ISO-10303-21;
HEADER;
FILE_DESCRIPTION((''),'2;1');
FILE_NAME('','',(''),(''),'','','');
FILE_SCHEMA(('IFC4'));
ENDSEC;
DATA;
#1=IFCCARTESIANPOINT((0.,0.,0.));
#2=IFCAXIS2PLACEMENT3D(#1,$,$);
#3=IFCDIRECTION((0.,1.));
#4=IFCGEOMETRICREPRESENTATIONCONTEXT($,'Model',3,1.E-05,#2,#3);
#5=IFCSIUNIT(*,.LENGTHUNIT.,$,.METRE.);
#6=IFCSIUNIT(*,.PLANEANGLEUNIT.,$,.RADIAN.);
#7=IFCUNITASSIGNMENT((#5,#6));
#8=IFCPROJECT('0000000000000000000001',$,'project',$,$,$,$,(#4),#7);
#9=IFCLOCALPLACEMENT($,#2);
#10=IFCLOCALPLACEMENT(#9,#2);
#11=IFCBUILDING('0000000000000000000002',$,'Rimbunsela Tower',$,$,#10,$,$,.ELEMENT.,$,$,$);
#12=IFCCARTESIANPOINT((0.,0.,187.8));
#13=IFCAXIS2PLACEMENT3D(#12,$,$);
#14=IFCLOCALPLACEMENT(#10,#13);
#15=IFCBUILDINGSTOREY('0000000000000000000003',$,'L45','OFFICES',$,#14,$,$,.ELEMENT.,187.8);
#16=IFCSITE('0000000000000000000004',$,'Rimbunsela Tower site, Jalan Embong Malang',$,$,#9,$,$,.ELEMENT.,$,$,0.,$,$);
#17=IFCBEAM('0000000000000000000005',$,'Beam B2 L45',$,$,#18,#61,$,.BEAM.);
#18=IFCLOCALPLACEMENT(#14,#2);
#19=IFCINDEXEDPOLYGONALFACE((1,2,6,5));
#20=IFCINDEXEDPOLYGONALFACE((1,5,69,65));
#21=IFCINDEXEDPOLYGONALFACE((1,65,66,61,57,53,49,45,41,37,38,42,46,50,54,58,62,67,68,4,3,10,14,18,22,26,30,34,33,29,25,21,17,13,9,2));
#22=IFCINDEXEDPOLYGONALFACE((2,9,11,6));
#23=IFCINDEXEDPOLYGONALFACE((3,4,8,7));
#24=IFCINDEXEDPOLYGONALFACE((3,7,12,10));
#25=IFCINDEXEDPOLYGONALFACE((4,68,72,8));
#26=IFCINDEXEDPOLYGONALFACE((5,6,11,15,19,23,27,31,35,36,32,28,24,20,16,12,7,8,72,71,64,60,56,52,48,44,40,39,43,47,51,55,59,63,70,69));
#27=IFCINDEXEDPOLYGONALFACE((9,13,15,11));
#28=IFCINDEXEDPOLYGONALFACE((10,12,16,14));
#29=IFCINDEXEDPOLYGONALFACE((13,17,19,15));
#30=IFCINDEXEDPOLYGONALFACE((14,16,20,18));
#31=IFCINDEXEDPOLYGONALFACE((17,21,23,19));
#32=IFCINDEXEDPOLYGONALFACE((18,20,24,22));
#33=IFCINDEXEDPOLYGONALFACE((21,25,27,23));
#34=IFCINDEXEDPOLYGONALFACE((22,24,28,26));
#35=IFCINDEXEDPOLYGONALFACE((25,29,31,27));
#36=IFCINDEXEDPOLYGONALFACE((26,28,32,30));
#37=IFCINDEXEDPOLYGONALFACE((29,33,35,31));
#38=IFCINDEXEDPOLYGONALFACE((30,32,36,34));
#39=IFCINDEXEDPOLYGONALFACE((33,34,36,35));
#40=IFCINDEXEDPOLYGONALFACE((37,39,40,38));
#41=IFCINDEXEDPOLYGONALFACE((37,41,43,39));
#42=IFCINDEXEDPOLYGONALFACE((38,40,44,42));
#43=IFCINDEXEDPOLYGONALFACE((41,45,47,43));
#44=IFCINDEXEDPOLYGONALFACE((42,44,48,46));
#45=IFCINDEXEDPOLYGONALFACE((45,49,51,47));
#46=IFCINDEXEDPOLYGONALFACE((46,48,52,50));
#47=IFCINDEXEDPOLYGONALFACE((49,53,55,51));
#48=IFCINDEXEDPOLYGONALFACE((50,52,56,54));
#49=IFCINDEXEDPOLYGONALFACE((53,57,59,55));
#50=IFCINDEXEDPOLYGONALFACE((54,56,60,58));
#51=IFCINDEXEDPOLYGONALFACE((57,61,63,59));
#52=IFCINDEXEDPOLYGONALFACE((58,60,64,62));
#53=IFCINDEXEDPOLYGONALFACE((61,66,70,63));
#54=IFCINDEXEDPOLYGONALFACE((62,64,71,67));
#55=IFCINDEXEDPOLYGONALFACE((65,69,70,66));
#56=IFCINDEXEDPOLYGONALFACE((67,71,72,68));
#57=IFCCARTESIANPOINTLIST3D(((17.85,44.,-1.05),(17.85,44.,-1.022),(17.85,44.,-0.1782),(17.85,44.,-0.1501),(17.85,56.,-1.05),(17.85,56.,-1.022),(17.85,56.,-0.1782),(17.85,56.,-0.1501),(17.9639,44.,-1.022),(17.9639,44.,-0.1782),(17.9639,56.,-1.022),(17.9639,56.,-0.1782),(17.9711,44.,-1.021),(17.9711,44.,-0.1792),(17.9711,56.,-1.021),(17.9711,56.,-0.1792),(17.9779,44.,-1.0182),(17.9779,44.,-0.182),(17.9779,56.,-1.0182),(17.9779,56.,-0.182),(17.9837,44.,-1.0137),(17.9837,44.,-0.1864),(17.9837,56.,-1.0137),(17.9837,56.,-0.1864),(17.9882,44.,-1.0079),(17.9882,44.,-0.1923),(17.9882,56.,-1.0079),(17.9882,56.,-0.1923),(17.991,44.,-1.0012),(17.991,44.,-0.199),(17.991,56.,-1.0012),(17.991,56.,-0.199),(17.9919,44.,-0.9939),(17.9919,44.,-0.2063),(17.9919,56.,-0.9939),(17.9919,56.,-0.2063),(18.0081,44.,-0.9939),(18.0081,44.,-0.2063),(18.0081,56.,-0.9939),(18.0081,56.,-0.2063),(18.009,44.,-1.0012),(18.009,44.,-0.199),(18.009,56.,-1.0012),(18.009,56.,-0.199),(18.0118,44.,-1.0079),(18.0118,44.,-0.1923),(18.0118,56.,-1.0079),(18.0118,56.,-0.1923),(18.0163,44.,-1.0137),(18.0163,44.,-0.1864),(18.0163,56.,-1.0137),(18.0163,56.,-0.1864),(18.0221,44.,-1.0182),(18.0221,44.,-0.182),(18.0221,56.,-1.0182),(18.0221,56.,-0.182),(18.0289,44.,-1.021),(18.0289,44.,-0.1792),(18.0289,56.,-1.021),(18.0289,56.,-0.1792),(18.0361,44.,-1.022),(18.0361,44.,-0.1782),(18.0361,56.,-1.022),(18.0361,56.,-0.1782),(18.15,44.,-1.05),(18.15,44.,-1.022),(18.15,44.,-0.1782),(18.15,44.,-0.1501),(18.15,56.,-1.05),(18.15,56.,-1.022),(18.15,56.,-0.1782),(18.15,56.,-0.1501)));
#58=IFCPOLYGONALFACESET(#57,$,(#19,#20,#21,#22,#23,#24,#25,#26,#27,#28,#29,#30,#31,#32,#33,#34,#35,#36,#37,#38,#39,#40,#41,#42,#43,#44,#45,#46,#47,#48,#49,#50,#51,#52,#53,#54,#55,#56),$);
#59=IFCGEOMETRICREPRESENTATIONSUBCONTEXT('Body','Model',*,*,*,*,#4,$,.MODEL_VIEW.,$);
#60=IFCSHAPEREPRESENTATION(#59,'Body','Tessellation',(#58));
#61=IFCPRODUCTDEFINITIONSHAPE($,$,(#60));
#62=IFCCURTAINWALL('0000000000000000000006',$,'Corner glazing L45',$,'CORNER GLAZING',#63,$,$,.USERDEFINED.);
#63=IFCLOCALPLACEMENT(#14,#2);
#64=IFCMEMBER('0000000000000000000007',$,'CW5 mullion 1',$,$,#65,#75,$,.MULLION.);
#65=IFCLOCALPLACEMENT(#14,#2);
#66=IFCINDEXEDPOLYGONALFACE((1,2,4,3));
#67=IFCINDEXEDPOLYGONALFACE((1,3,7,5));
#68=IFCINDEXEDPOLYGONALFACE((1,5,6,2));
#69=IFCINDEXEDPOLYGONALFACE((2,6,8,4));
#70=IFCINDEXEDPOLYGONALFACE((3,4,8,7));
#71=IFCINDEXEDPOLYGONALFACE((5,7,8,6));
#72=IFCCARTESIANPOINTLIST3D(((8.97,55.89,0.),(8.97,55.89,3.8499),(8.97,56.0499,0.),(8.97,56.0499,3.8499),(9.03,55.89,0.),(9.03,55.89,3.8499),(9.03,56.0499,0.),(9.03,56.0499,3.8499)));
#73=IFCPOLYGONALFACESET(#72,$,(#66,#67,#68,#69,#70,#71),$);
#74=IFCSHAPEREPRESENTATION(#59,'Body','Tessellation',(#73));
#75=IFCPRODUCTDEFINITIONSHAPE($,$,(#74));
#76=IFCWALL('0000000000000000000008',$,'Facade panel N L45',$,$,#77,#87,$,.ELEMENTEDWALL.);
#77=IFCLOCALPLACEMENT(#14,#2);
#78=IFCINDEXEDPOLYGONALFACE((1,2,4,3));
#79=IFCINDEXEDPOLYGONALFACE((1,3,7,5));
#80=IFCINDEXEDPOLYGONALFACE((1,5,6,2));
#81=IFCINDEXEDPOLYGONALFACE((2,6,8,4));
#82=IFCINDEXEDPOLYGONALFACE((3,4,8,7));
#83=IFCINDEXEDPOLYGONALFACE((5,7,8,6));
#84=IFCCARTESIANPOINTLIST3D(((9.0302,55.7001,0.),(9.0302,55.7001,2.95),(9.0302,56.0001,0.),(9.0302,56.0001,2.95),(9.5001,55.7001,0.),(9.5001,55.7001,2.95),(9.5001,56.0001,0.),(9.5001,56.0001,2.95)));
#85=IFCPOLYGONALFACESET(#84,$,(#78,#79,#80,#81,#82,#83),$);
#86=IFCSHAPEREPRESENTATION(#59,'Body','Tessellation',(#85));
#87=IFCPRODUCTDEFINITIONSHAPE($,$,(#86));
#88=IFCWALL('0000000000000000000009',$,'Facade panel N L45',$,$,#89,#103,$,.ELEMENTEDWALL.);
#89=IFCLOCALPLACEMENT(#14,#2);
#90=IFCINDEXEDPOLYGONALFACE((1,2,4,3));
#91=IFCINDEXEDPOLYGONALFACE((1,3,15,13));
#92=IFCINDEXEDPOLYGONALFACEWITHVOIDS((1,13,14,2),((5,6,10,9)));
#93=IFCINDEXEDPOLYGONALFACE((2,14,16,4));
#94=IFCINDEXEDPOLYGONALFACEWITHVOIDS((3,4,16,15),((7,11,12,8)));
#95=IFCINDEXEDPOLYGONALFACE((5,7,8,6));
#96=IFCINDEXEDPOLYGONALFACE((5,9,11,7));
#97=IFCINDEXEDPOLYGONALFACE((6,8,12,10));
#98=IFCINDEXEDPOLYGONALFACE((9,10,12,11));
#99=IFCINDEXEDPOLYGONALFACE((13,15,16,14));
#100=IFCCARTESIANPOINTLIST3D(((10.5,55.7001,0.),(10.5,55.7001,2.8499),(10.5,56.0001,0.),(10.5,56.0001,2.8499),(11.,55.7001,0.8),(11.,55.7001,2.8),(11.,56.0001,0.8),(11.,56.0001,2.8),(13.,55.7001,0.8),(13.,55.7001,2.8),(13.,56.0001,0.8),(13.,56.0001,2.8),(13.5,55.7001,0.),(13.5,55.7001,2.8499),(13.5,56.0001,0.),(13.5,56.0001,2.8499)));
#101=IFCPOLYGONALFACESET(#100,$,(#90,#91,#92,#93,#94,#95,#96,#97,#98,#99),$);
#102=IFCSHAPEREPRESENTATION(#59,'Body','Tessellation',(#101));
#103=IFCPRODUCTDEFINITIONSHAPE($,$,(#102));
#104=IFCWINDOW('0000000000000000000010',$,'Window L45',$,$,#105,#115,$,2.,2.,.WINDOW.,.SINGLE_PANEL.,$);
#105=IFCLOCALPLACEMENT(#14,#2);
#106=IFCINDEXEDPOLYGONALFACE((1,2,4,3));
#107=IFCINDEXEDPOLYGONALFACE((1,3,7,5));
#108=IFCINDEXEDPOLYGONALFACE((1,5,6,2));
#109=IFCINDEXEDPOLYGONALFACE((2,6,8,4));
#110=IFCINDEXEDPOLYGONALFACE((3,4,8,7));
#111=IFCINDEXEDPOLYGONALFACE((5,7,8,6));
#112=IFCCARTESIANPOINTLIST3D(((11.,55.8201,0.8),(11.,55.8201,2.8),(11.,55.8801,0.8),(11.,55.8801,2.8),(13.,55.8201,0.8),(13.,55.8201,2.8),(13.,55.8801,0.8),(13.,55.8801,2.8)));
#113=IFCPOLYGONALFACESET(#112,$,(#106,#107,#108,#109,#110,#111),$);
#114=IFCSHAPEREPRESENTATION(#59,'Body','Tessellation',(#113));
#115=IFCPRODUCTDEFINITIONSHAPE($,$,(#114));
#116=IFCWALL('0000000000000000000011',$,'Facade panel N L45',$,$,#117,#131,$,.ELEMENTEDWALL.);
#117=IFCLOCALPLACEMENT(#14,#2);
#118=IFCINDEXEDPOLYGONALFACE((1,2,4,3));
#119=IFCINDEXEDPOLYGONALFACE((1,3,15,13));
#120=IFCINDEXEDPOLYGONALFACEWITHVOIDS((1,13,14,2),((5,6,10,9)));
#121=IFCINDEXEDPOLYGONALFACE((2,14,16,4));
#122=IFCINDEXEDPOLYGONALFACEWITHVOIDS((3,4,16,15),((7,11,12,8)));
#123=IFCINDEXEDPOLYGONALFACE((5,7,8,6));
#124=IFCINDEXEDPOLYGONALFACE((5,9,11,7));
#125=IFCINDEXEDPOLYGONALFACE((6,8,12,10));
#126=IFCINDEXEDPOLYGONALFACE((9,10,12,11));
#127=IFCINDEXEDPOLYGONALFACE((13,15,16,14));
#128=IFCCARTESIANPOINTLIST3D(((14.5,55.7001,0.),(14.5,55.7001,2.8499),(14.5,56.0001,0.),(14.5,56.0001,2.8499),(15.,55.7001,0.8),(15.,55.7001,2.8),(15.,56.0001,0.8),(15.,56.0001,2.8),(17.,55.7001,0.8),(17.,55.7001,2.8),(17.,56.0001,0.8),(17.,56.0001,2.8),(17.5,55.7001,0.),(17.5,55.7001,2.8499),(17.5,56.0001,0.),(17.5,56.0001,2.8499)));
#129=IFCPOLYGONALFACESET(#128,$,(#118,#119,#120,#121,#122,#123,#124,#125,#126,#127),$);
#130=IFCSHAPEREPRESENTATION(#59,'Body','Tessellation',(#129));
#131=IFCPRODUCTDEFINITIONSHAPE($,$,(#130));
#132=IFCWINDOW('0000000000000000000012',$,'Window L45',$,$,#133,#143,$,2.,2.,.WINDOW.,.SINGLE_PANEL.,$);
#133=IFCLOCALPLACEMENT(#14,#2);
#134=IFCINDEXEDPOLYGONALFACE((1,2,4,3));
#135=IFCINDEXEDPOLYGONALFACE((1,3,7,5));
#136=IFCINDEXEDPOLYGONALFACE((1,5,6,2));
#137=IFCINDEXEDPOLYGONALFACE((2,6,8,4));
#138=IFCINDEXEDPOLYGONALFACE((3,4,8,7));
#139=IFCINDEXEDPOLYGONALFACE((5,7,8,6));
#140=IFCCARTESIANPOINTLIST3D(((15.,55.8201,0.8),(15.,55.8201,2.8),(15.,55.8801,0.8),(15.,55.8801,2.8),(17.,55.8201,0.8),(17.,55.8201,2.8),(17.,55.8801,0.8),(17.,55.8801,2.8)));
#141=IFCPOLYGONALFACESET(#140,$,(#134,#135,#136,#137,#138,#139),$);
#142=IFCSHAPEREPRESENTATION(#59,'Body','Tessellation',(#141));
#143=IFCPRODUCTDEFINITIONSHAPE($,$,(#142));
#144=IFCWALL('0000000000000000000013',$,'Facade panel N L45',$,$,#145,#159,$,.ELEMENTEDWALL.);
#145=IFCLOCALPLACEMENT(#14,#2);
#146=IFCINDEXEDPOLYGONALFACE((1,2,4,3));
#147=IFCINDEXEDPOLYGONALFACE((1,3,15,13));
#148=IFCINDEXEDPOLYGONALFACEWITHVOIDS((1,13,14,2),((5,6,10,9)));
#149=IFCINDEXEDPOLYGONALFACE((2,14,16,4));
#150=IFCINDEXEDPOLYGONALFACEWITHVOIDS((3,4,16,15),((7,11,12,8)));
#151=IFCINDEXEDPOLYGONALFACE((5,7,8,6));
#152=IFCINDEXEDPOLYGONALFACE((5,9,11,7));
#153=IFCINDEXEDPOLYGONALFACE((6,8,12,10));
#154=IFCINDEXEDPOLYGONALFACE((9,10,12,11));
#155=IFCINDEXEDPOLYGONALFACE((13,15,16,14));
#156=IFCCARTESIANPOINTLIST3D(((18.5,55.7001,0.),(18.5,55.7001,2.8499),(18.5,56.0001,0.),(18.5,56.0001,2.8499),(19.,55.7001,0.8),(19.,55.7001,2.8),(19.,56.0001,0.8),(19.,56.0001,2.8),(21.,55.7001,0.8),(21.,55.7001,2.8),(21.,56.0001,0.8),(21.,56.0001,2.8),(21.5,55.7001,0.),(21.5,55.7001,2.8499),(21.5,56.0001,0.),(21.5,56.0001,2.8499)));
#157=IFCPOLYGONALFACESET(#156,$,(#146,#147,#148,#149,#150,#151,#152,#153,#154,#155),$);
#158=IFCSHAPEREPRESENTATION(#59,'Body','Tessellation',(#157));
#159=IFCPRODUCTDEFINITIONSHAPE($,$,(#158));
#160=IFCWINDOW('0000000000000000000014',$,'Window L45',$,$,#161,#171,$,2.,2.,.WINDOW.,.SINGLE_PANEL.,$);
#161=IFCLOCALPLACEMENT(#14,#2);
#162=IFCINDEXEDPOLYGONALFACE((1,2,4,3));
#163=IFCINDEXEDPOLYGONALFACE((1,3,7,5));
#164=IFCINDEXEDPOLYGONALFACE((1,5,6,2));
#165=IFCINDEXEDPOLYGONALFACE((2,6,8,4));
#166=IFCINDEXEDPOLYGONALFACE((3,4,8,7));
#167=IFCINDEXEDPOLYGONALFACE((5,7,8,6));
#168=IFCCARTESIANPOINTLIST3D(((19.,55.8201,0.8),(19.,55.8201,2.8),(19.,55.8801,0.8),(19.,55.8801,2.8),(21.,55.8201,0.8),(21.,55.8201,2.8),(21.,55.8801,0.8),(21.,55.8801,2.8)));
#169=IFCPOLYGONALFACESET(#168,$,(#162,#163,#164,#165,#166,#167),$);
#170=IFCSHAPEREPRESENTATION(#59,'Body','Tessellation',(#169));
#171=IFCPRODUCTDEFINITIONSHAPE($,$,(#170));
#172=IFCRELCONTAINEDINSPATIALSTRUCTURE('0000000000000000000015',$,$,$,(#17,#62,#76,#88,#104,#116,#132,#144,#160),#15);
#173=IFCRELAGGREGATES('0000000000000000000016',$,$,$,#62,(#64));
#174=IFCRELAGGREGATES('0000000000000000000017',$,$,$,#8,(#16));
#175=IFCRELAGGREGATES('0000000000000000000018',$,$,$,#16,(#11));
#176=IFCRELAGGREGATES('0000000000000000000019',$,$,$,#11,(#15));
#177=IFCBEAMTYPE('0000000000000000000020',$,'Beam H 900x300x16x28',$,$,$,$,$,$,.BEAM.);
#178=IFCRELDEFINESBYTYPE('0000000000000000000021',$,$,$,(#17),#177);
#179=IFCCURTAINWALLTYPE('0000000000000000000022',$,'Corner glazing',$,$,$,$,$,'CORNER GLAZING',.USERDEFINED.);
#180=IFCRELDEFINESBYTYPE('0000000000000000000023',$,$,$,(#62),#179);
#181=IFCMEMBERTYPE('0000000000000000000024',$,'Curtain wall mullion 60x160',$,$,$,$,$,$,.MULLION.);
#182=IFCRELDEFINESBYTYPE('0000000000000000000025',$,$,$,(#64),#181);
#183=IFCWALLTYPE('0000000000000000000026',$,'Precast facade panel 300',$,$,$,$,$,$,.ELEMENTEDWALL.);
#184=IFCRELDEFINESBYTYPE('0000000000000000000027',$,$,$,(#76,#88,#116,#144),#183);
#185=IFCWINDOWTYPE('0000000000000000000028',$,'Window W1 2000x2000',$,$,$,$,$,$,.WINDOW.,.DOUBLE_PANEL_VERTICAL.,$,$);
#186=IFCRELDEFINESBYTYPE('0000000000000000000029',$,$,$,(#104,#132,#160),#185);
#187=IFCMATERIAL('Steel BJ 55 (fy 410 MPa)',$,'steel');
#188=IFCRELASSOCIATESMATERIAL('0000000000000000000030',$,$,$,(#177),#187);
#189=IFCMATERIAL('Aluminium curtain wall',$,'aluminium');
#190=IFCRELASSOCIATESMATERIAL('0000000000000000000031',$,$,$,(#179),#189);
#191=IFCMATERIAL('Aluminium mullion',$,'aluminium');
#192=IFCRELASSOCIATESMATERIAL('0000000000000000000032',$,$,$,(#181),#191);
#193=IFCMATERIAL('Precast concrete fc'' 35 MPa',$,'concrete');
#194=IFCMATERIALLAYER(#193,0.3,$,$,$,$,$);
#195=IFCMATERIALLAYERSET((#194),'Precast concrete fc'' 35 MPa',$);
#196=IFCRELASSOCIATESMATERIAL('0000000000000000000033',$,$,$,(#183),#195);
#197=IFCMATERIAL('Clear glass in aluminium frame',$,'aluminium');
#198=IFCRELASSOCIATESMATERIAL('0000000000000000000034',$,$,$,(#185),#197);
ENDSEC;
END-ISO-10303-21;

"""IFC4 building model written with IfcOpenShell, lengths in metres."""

from ifc_helpers import new_model, si_unit, direction, frame, frame_2d, origin, origin_2d, place, context, subcontext, project, spatial, rectangle, i_section, extrude, material, layer, layer_set, material_profile, profile_set, type_object, element, fill, aggregate, save


model = new_model("IFC4")

# Units and contexts
model_context = context("Model", 3, precision=1e-05, world=origin(), true_north=direction((0.0, 1.0)))
body_context = subcontext(model_context, "Body", "Model", "MODEL_VIEW")
ifc_project = project(units=[si_unit("LENGTHUNIT", "METRE"), si_unit("PLANEANGLEUNIT", "RADIAN")], contexts=[model_context])

# Site, building, storey
site_placement = place(None, origin())
site = spatial("IfcSite", under=ifc_project, at=site_placement, Name="Rimbunsela Tower site, Jalan Embong Malang", CompositionType="ELEMENT", RefElevation=0.0)
building_placement = place(site_placement, origin())
building = spatial("IfcBuilding", under=site, at=building_placement, Name="Rimbunsela Tower", CompositionType="ELEMENT")
storey_placement = place(building_placement, frame((0.0, 0.0, 187.8)))
storey = spatial("IfcBuildingStorey", under=building, at=storey_placement, Name="L45", Description="OFFICES", CompositionType="ELEMENT", Elevation=187.8)

# Beam
ifc_material_1 = material(Name="Steel BJ 55 (fy 410 MPa)", Category="steel")
ifc_material_profile_1 = material_profile(ifc_material_1, i_section(OverallWidth=0.3, OverallDepth=0.8999, WebThickness=0.0161, FlangeThickness=0.0281, FilletRadius=0.0281, at=origin_2d()), Name="H 900x300x16x28")
ifc_profile_set_1 = profile_set([ifc_material_profile_1], Name="Steel BJ 55 (fy 410 MPa)")
beam_type_1 = type_object("IfcBeamType", Name="Beam H 900x300x16x28", PredefinedType="BEAM", material=ifc_profile_set_1)
beam_1_placement = place(storey_placement, frame((18.0, 44.0, -0.6001), z_axis=(0.0, 1.0, 0.0), x_axis=(-1.0, 0.0, 0.0)))
element("IfcBeam", 1, at=beam_1_placement, inside=storey, type_object=beam_type_1, Name="Beam B2 L45", PredefinedType="BEAM", context=body_context, shape_type="SweptSolid", body=[
    extrude(i_section(OverallWidth=0.3, OverallDepth=0.8999, WebThickness=0.0161, FlangeThickness=0.0281, FilletRadius=0.0281, at=origin_2d()), origin(), (0.0, 0.0, 1.0), 12.0),
])

# Curtain wall, member
ifc_material_2 = material(Name="Aluminium curtain wall", Category="aluminium")
curtain_wall_type = type_object("IfcCurtainWallType", Name="Corner glazing", ElementType="CORNER GLAZING", PredefinedType="USERDEFINED", material=ifc_material_2)
curtain_wall_placement = place(storey_placement, origin())
curtain_wall = element("IfcCurtainWall", 2, at=curtain_wall_placement, inside=storey, type_object=curtain_wall_type, Name="Corner glazing L45", ObjectType="CORNER GLAZING", PredefinedType="USERDEFINED")
ifc_material_3 = material(Name="Aluminium mullion", Category="aluminium")
ifc_material_profile_2 = material_profile(ifc_material_3, rectangle(XDim=0.0601, YDim=0.1599, at=origin_2d()), Name="Mullion 60x160")
ifc_profile_set_2 = profile_set([ifc_material_profile_2], Name="Aluminium mullion")
member_type = type_object("IfcMemberType", Name="Curtain wall mullion 60x160", PredefinedType="MULLION", material=ifc_profile_set_2)
member_placement = place(storey_placement, frame((9.0, 55.97, 0.0), z_axis=(0.0, 0.0, 1.0), x_axis=(1.0, 0.0, 0.0)))
member = element("IfcMember", 3, at=member_placement, type_object=member_type, Name="CW5 mullion 1", PredefinedType="MULLION", context=body_context, shape_type="SweptSolid", body=[
    extrude(rectangle(XDim=0.0601, YDim=0.1599, at=origin_2d()), origin(), (0.0, 0.0, 1.0), 3.8499),
])
aggregate(curtain_wall, [member])

# Wall
ifc_material_4 = material(Name="Precast concrete fc' 35 MPa", Category="concrete")
ifc_layer_1 = layer(ifc_material_4, 0.3)
ifc_layer_set_1 = layer_set([ifc_layer_1], Name="Precast concrete fc' 35 MPa")
wall_type_1 = type_object("IfcWallType", Name="Precast facade panel 300", PredefinedType="ELEMENTEDWALL", material=ifc_layer_set_1)
wall_1_placement = place(storey_placement, frame((9.5, 55.8501, 0.0), z_axis=(0.0, 0.0, 1.0), x_axis=(-1.0, 0.0, 0.0)))
element("IfcWall", 4, at=wall_1_placement, inside=storey, type_object=wall_type_1, Name="Facade panel N L45", PredefinedType="ELEMENTEDWALL", context=body_context, shape_type="SweptSolid", body=[
    extrude(rectangle(XDim=0.47, YDim=0.3, at=frame_2d((0.2349, 0.0))), origin(), (0.0, 0.0, 1.0), 2.95),
])

# Walls, openings, windows
wall_2_placement = place(storey_placement, frame((13.5, 55.8501, 0.0), z_axis=(0.0, 0.0, 1.0), x_axis=(-1.0, 0.0, 0.0)))
wall_2 = element("IfcWall", 5, at=wall_2_placement, inside=storey, type_object=wall_type_1, Name="Facade panel N L45", PredefinedType="ELEMENTEDWALL", context=body_context, shape_type="SweptSolid", body=[
    extrude(rectangle(XDim=3.0, YDim=0.3, at=frame_2d((1.5, 0.0))), origin(), (0.0, 0.0, 1.0), 2.8499),
])
opening_1_placement = place(wall_2_placement, frame((0.5, 0.0, 0.8)))
opening_1 = element("IfcOpeningElement", 6, at=opening_1_placement, cuts=wall_2, PredefinedType="OPENING", context=body_context, shape_type="SweptSolid", body=[
    extrude(rectangle(XDim=2.0, YDim=2.0, at=frame_2d((1.0, 1.0))), frame((0.0, 0.1599, 0.0), z_axis=(0.0, -1.0, 0.0), x_axis=(1.0, 0.0, 0.0)), (0.0, 0.0, 1.0), 0.3201),
])
ifc_material_5 = material(Name="Clear glass in aluminium frame", Category="aluminium")
window_type = type_object("IfcWindowType", Name="Window W1 2000x2000", PartitioningType="DOUBLE_PANEL_VERTICAL", PredefinedType="WINDOW", material=ifc_material_5)
window_1_placement = place(opening_1_placement, origin())
window_1 = element("IfcWindow", 7, at=window_1_placement, inside=storey, type_object=window_type, Name="Window L45", OverallHeight=2.0, OverallWidth=2.0, PartitioningType="SINGLE_PANEL", PredefinedType="WINDOW", context=body_context, shape_type="SweptSolid", body=[
    extrude(rectangle(XDim=2.0, YDim=2.0, at=frame_2d((1.0, 1.0))), frame((0.0, 0.03, 0.0), z_axis=(0.0, -1.0, 0.0), x_axis=(1.0, 0.0, 0.0)), (0.0, 0.0, 1.0), 0.0601),
])
fill(opening_1, window_1)
wall_3_placement = place(storey_placement, frame((17.5, 55.8501, 0.0), z_axis=(0.0, 0.0, 1.0), x_axis=(-1.0, 0.0, 0.0)))
wall_3 = element("IfcWall", 8, at=wall_3_placement, inside=storey, type_object=wall_type_1, Name="Facade panel N L45", PredefinedType="ELEMENTEDWALL", context=body_context, shape_type="SweptSolid", body=[
    extrude(rectangle(XDim=3.0, YDim=0.3, at=frame_2d((1.5, 0.0))), origin(), (0.0, 0.0, 1.0), 2.8499),
])
opening_2_placement = place(wall_3_placement, frame((0.5, 0.0, 0.8)))
opening_2 = element("IfcOpeningElement", 9, at=opening_2_placement, cuts=wall_3, PredefinedType="OPENING", context=body_context, shape_type="SweptSolid", body=[
    extrude(rectangle(XDim=2.0, YDim=2.0, at=frame_2d((1.0, 1.0))), frame((0.0, 0.1599, 0.0), z_axis=(0.0, -1.0, 0.0), x_axis=(1.0, 0.0, 0.0)), (0.0, 0.0, 1.0), 0.3201),
])
window_2_placement = place(opening_2_placement, origin())
window_2 = element("IfcWindow", 10, at=window_2_placement, inside=storey, type_object=window_type, Name="Window L45", OverallHeight=2.0, OverallWidth=2.0, PartitioningType="SINGLE_PANEL", PredefinedType="WINDOW", context=body_context, shape_type="SweptSolid", body=[
    extrude(rectangle(XDim=2.0, YDim=2.0, at=frame_2d((1.0, 1.0))), frame((0.0, 0.03, 0.0), z_axis=(0.0, -1.0, 0.0), x_axis=(1.0, 0.0, 0.0)), (0.0, 0.0, 1.0), 0.0601),
])
fill(opening_2, window_2)
wall_4_placement = place(storey_placement, frame((21.5, 55.8501, 0.0), z_axis=(0.0, 0.0, 1.0), x_axis=(-1.0, 0.0, 0.0)))
wall_4 = element("IfcWall", 11, at=wall_4_placement, inside=storey, type_object=wall_type_1, Name="Facade panel N L45", PredefinedType="ELEMENTEDWALL", context=body_context, shape_type="SweptSolid", body=[
    extrude(rectangle(XDim=3.0, YDim=0.3, at=frame_2d((1.5, 0.0))), origin(), (0.0, 0.0, 1.0), 2.8499),
])
opening_3_placement = place(wall_4_placement, frame((0.5, 0.0, 0.8)))
opening_3 = element("IfcOpeningElement", 12, at=opening_3_placement, cuts=wall_4, PredefinedType="OPENING", context=body_context, shape_type="SweptSolid", body=[
    extrude(rectangle(XDim=2.0, YDim=2.0, at=frame_2d((1.0, 1.0))), frame((0.0, 0.1599, 0.0), z_axis=(0.0, -1.0, 0.0), x_axis=(1.0, 0.0, 0.0)), (0.0, 0.0, 1.0), 0.3201),
])
window_3_placement = place(opening_3_placement, origin())
window_3 = element("IfcWindow", 13, at=window_3_placement, inside=storey, type_object=window_type, Name="Window L45", OverallHeight=2.0, OverallWidth=2.0, PartitioningType="SINGLE_PANEL", PredefinedType="WINDOW", context=body_context, shape_type="SweptSolid", body=[
    extrude(rectangle(XDim=2.0, YDim=2.0, at=frame_2d((1.0, 1.0))), frame((0.0, 0.03, 0.0), z_axis=(0.0, -1.0, 0.0), x_axis=(1.0, 0.0, 0.0)), (0.0, 0.0, 1.0), 0.0601),
])
fill(opening_3, window_3)

save(model, "model.ifc")
